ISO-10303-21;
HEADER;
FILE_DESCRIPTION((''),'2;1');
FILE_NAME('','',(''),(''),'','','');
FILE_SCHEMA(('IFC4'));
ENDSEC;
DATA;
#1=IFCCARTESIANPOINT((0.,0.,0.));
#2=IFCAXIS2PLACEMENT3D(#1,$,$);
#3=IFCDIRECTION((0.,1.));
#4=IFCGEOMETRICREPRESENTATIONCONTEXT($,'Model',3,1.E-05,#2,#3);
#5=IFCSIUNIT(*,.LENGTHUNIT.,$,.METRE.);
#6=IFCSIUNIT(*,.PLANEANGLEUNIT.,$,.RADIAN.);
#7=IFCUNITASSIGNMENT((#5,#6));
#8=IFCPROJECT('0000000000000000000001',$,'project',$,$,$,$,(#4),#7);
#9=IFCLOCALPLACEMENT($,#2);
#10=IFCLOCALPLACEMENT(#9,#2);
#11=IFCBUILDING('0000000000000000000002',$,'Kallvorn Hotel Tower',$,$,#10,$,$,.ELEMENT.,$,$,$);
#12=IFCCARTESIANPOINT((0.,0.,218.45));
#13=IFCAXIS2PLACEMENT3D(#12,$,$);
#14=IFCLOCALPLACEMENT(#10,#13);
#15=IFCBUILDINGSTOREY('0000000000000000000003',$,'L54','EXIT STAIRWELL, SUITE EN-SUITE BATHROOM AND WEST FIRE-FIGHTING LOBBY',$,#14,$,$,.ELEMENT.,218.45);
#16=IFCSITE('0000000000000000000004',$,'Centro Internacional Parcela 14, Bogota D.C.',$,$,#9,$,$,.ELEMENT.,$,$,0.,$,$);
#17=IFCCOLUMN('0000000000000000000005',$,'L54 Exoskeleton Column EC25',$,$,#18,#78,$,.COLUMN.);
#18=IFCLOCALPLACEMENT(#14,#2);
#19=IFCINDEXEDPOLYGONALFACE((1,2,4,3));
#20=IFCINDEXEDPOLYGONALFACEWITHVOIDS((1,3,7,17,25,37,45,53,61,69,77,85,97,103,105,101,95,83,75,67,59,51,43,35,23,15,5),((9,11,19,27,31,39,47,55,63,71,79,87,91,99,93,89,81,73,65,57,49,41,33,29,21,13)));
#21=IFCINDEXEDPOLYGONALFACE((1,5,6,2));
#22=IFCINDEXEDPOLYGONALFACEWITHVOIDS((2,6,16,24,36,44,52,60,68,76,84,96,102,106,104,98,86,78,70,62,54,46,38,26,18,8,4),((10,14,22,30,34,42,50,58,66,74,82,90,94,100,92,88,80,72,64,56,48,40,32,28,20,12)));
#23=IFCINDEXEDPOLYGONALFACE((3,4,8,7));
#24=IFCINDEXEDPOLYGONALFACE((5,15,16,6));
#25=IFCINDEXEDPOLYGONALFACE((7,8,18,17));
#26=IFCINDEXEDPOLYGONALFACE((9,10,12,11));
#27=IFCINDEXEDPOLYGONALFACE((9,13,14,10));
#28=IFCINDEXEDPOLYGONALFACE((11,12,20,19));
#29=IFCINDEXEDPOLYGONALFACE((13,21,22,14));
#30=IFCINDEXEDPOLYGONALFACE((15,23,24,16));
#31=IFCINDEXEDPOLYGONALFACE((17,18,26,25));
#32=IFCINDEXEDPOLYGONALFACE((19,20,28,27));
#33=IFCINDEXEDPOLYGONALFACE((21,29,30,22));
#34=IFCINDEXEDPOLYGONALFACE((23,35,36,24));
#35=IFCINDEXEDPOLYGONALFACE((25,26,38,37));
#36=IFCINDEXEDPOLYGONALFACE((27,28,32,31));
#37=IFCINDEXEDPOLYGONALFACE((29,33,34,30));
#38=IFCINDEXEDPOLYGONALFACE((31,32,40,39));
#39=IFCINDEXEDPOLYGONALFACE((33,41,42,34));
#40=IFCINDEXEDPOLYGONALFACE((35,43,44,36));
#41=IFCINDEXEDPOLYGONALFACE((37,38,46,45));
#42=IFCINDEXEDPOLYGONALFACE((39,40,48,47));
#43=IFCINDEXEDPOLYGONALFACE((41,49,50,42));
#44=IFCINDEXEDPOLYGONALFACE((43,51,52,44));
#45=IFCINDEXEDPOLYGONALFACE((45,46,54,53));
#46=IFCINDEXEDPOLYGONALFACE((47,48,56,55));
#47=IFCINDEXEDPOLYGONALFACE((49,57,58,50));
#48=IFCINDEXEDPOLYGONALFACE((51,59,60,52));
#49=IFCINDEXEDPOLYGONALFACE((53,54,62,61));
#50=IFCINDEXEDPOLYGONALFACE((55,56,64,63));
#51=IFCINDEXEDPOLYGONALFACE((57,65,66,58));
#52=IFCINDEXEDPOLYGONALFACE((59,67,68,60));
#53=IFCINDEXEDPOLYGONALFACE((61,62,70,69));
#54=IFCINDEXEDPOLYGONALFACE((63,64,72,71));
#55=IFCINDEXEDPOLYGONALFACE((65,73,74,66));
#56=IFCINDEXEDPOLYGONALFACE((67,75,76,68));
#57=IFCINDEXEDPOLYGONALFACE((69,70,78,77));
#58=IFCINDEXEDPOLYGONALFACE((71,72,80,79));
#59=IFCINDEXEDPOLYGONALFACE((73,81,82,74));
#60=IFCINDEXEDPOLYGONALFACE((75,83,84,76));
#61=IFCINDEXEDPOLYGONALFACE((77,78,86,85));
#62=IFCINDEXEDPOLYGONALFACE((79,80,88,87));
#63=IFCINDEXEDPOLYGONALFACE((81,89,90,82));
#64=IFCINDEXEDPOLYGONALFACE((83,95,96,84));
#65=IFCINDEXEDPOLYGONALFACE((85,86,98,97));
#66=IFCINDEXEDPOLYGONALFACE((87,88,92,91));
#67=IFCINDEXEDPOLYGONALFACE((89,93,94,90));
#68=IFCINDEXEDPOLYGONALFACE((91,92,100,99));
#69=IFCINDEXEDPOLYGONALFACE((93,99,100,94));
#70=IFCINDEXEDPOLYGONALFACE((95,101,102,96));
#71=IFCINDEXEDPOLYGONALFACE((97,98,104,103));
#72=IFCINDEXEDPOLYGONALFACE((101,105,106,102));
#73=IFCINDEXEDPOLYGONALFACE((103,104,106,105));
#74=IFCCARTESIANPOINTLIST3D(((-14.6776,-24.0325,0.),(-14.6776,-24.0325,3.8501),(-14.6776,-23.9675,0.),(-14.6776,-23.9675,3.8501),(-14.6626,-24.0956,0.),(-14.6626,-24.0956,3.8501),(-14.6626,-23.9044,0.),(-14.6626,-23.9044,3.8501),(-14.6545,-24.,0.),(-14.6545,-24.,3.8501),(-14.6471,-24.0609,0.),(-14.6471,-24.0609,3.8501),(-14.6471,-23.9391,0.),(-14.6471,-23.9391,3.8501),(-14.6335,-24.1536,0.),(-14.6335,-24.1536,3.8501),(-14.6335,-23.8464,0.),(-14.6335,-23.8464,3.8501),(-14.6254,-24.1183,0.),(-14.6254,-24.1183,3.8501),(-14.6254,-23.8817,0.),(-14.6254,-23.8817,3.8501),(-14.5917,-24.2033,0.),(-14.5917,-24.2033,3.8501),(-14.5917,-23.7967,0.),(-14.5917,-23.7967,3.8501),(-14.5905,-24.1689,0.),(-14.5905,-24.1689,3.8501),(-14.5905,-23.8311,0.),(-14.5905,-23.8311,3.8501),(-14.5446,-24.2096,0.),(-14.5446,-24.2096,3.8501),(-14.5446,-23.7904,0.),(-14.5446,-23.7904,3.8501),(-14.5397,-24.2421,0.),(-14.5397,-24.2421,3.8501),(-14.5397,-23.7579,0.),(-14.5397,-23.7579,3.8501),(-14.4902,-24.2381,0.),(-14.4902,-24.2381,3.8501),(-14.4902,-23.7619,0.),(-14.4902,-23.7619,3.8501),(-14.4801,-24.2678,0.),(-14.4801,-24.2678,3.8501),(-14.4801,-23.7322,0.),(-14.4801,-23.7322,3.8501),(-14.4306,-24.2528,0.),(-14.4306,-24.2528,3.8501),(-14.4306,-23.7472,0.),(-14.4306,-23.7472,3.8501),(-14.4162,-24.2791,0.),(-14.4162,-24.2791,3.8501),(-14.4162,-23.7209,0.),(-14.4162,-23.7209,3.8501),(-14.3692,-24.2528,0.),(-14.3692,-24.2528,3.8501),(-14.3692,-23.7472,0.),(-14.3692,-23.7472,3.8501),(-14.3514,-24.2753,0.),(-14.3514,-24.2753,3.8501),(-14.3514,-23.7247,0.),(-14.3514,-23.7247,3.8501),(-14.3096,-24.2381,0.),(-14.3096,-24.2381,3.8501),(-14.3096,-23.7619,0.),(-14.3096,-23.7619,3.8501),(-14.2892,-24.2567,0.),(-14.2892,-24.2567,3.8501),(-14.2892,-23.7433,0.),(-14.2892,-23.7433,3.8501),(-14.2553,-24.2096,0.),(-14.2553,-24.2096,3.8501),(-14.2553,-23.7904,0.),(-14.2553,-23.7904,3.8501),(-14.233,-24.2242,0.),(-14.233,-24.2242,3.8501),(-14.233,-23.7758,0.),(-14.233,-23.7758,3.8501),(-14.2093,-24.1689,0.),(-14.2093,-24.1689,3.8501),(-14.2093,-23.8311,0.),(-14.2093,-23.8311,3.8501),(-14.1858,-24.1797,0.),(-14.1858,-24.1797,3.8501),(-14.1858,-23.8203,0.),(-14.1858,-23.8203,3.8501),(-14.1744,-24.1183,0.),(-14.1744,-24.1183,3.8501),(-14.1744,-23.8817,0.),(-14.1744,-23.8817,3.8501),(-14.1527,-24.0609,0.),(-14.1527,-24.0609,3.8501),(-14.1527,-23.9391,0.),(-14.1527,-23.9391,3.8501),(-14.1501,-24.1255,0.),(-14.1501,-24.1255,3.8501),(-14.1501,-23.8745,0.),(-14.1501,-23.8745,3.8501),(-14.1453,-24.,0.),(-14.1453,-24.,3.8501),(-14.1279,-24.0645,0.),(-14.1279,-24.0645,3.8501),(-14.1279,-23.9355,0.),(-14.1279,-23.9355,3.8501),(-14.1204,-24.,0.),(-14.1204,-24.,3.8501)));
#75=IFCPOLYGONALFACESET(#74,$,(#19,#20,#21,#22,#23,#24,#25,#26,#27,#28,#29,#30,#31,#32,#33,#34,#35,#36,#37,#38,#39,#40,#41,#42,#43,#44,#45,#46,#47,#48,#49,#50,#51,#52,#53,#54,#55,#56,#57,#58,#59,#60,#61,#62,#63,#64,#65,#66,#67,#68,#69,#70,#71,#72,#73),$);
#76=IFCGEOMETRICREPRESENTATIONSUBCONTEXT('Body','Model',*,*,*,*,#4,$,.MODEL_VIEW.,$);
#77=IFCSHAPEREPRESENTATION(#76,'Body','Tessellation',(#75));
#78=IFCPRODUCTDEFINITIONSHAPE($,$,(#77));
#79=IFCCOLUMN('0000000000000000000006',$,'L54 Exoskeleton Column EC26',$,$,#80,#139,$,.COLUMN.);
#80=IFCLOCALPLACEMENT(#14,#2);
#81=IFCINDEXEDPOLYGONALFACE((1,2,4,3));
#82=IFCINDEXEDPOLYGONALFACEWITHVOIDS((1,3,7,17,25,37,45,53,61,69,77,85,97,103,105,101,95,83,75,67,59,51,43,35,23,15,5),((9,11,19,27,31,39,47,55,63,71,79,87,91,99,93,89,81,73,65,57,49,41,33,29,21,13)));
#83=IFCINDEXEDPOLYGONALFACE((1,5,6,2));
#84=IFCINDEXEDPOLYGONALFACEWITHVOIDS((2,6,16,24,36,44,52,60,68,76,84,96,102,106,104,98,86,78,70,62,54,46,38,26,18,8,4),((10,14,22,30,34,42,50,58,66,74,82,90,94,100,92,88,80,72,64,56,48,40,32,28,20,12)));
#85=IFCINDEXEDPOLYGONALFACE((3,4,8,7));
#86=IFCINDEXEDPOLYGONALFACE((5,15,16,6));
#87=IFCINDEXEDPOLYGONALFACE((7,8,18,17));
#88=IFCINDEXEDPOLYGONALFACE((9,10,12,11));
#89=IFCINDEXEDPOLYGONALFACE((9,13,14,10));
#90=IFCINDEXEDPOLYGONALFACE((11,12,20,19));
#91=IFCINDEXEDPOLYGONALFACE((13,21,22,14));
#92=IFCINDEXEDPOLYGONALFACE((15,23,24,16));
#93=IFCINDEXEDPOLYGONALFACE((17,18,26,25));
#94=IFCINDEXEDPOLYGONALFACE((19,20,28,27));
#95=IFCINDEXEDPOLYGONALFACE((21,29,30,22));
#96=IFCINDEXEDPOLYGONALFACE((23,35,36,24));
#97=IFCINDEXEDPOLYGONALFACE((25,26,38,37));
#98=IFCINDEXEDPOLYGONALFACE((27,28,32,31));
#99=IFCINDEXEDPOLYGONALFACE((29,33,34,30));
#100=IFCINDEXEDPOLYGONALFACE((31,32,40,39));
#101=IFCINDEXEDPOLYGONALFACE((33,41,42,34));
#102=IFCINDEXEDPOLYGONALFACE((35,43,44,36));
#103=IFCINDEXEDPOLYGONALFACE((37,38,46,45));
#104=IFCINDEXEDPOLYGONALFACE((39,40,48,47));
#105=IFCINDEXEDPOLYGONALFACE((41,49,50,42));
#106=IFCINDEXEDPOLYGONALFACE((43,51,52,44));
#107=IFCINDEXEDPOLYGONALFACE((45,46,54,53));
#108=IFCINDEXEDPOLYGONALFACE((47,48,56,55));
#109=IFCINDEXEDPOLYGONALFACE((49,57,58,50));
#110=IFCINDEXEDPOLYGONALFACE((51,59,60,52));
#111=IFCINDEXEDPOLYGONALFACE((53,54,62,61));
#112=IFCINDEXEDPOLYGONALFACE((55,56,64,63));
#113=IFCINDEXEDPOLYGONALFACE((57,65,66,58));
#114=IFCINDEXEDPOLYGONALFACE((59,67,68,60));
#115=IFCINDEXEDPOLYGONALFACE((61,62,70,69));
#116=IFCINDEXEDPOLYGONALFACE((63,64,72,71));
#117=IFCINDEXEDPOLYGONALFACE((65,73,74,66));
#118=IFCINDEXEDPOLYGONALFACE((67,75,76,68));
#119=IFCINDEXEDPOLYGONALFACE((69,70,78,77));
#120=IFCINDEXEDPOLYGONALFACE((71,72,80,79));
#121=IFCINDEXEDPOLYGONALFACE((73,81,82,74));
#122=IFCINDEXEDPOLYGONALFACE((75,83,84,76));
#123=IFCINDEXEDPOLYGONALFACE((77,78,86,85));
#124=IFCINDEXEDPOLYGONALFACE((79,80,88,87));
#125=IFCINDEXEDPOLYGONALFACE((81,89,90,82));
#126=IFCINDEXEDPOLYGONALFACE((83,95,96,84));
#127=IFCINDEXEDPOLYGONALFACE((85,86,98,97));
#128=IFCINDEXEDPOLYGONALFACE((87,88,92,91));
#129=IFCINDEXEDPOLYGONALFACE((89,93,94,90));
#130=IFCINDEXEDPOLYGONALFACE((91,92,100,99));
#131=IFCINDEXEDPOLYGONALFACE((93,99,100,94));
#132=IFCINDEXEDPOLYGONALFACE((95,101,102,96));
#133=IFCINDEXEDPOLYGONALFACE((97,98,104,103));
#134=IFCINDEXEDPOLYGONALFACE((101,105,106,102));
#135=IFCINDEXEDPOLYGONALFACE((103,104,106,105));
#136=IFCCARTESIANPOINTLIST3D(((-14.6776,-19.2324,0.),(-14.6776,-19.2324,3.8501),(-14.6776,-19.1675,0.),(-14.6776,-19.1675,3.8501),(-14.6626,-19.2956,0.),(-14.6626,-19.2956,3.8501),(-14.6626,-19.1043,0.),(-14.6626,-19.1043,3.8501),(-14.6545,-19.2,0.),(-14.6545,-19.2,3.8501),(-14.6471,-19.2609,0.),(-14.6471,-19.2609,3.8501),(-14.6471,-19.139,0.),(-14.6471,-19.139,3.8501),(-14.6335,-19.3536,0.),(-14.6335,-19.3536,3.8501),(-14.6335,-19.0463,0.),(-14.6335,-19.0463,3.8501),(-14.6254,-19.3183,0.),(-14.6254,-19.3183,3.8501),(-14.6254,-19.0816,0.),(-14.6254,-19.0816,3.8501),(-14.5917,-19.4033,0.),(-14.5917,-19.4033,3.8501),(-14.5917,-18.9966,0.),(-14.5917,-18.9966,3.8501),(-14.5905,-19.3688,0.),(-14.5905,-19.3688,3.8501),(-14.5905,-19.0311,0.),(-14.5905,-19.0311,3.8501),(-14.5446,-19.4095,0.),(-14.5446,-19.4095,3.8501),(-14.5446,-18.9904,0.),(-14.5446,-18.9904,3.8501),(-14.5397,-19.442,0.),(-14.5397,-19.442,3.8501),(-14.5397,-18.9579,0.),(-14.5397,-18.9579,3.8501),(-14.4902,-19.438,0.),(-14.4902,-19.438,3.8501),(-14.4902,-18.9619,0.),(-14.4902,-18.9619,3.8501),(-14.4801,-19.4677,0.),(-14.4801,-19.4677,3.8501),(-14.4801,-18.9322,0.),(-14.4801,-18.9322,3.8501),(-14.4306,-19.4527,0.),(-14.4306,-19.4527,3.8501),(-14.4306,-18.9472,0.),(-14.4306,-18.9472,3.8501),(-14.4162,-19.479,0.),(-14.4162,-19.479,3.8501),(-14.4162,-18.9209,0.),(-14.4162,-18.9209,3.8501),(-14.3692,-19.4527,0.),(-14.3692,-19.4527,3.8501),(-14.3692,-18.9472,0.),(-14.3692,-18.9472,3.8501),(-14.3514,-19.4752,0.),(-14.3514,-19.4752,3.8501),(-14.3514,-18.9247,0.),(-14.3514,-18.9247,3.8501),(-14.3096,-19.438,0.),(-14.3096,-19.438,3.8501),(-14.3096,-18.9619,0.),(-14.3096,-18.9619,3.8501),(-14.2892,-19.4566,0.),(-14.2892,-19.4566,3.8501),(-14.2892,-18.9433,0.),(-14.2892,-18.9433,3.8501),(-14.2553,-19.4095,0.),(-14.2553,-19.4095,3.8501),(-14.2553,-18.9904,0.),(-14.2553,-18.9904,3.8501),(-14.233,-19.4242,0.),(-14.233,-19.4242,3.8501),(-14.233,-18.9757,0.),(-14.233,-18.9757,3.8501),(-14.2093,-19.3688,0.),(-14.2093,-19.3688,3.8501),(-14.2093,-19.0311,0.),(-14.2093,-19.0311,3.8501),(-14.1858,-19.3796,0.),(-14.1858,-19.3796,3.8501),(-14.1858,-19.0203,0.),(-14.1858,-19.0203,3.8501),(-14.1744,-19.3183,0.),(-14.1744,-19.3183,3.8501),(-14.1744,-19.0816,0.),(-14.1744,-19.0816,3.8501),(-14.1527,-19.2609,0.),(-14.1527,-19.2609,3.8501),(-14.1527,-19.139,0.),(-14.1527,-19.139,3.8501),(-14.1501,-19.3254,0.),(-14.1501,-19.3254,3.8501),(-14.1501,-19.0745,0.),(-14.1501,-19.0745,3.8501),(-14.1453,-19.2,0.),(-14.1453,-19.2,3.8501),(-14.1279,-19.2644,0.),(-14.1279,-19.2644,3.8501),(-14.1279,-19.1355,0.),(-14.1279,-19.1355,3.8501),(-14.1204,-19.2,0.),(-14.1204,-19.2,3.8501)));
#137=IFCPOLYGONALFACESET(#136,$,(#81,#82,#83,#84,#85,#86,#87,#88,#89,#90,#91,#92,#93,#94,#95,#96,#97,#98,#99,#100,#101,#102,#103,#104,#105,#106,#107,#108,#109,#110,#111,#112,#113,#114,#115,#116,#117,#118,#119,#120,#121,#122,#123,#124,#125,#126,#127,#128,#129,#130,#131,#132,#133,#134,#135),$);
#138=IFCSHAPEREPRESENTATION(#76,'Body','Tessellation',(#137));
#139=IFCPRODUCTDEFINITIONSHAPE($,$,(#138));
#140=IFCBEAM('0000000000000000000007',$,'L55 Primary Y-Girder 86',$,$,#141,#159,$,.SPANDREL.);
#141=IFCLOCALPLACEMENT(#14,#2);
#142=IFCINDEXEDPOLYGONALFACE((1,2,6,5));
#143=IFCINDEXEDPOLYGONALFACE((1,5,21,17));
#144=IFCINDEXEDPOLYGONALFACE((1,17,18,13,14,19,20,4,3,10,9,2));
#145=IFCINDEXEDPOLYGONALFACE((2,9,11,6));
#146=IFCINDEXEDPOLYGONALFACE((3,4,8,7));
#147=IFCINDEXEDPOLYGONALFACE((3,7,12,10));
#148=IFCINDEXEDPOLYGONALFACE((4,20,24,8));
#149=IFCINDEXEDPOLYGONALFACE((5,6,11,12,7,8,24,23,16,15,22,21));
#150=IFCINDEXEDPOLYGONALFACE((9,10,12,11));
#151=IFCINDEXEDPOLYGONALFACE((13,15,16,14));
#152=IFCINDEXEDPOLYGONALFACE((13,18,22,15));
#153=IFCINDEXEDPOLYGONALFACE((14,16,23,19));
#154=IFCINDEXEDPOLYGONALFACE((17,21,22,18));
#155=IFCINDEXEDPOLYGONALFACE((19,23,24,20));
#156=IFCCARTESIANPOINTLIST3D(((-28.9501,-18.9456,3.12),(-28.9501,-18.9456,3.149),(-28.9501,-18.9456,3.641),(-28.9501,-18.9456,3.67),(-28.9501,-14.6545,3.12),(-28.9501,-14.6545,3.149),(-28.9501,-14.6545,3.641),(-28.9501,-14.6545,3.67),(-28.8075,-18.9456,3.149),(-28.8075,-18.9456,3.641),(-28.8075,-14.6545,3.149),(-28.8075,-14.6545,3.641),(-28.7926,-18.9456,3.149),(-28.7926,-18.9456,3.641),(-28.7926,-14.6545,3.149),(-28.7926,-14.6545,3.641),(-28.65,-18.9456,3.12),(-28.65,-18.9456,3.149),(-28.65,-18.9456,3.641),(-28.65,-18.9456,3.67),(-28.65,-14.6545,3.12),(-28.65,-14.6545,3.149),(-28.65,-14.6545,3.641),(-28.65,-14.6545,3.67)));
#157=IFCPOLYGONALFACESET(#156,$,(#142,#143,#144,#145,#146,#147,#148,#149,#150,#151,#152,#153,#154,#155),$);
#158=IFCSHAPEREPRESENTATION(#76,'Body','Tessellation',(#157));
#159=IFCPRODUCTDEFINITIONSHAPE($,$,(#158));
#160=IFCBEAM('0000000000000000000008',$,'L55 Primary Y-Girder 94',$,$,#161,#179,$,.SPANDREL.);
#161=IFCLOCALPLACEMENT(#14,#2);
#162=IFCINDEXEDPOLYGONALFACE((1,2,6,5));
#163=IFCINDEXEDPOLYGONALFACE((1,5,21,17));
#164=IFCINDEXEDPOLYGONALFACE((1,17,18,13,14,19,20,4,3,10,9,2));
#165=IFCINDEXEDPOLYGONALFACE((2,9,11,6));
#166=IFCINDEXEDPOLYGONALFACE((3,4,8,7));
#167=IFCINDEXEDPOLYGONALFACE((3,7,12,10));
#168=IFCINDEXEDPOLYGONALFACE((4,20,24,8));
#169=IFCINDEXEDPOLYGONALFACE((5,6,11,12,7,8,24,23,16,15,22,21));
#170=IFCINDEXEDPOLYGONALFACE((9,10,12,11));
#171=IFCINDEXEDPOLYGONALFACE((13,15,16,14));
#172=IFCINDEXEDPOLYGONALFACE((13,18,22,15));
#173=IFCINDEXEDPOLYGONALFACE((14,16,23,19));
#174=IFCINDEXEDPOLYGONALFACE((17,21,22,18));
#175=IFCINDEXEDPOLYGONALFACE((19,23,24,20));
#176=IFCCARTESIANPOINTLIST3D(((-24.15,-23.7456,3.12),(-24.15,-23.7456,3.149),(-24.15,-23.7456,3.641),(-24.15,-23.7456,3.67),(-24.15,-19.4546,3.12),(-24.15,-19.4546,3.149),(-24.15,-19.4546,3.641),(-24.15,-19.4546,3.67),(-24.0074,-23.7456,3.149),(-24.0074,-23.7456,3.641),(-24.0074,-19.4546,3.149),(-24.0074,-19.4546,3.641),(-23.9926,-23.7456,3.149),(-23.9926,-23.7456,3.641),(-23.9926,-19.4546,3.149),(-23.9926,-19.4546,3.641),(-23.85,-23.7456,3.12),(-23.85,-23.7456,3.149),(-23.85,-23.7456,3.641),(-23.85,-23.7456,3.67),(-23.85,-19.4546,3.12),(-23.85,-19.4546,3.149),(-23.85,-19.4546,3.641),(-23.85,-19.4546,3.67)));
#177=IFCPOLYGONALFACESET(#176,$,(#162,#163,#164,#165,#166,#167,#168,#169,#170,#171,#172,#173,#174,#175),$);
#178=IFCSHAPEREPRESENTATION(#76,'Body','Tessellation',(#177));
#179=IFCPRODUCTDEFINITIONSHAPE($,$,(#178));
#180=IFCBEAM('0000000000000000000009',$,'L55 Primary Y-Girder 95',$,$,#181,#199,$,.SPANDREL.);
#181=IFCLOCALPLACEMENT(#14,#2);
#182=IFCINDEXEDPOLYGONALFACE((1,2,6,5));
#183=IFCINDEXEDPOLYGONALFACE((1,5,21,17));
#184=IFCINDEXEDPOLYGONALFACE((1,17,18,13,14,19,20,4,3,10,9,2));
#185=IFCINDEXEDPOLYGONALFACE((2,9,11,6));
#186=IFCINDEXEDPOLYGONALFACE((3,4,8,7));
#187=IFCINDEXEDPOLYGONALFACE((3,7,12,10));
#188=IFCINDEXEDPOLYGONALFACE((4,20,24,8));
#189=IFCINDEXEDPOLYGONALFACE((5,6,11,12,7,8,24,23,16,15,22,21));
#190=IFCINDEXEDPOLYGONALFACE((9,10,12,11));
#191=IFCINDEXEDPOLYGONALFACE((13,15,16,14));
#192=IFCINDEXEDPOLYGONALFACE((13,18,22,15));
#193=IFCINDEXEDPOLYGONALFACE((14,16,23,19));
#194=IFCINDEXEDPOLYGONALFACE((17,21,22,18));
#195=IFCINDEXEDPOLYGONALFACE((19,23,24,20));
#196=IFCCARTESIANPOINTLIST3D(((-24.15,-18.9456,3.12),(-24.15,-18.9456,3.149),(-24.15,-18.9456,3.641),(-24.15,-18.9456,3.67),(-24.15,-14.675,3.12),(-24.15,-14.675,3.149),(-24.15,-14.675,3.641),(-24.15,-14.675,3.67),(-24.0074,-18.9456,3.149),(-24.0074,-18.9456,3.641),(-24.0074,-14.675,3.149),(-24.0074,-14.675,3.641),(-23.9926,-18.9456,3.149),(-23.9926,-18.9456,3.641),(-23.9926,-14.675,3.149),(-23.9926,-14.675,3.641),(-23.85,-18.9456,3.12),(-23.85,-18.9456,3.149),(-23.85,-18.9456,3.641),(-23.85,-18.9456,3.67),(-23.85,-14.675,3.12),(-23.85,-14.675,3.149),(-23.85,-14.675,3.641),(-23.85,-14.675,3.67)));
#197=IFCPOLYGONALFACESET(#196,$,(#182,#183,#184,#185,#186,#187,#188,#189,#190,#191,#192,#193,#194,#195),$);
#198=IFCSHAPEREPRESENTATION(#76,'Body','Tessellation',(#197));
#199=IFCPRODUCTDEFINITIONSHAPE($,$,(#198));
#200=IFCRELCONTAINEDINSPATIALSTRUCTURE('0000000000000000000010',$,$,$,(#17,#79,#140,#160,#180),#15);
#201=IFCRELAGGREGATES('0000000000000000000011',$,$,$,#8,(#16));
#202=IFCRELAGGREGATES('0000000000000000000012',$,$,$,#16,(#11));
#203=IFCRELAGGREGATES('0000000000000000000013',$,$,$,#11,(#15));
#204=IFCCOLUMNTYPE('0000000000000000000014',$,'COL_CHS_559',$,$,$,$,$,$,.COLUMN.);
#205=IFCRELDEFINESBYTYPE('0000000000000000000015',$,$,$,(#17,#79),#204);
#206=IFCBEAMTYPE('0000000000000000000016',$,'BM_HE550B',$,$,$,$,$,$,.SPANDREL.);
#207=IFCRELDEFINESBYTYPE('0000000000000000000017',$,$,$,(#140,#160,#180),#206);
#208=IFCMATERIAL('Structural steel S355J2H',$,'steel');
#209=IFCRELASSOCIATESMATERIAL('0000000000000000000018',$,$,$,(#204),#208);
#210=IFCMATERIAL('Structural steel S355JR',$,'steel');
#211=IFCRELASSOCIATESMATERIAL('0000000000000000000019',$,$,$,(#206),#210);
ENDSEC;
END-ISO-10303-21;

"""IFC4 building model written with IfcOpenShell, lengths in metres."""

from ifc_helpers import new_model, si_unit, direction, frame, origin, origin_2d, place, context, subcontext, project, spatial, hollow_circle, i_section, extrude, material, material_profile, profile_set, type_object, element, save


model = new_model("IFC4")

# Units and contexts
model_context = context("Model", 3, precision=1e-05, world=origin(), true_north=direction((0.0, 1.0)))
body_context = subcontext(model_context, "Body", "Model", "MODEL_VIEW")
ifc_project = project(units=[si_unit("LENGTHUNIT", "METRE"), si_unit("PLANEANGLEUNIT", "RADIAN")], contexts=[model_context])

# Site, building, storey
site_placement = place(None, origin())
site = spatial("IfcSite", under=ifc_project, at=site_placement, Name="Centro Internacional Parcela 14, Bogota D.C.", CompositionType="ELEMENT", RefElevation=0.0)
building_placement = place(site_placement, origin())
building = spatial("IfcBuilding", under=site, at=building_placement, Name="Kallvorn Hotel Tower", CompositionType="ELEMENT")
storey_placement = place(building_placement, frame((0.0, 0.0, 218.45)))
storey = spatial("IfcBuildingStorey", under=building, at=storey_placement, Name="L54", Description="EXIT STAIRWELL, SUITE EN-SUITE BATHROOM AND WEST FIRE-FIGHTING LOBBY", CompositionType="ELEMENT", Elevation=218.45)

# Columns
ifc_material_1 = material(Name="Structural steel S355J2H", Category="steel")
ifc_material_profile_1 = material_profile(ifc_material_1, hollow_circle(Radius=0.2795, WallThickness=0.0249, at=origin_2d()), Name="CHS 559x25")
ifc_profile_set_1 = profile_set([ifc_material_profile_1], Name="Structural steel S355J2H")
column_type = type_object("IfcColumnType", Name="COL_CHS_559", PredefinedType="COLUMN", material=ifc_profile_set_1)
for number, where, z_axis, x_axis, name in (
    (1, (-14.3999, -24.0, 0.0), (0.0, 0.0, 1.0), (1.0, 0.0, 0.0), "L54 Exoskeleton Column EC25"),
    (2, (-14.3999, -19.2, 0.0), (0.0, 0.0, 1.0), (1.0, 0.0, 0.0), "L54 Exoskeleton Column EC26"),
):
    element("IfcColumn", number, at=place(storey_placement, frame(where, z_axis=z_axis, x_axis=x_axis)), inside=storey, type_object=column_type, Name=name, PredefinedType="COLUMN", context=body_context, shape_type="SweptSolid", body=[
        extrude(hollow_circle(Radius=0.2795, WallThickness=0.0249, at=origin_2d()), origin(), (0.0, 0.0, 1.0), 3.8501),
    ])

# Beams
ifc_material_2 = material(Name="Structural steel S355JR", Category="steel")
ifc_material_profile_2 = material_profile(ifc_material_2, i_section(OverallWidth=0.3, OverallDepth=0.55, WebThickness=0.0149, FlangeThickness=0.0291, at=origin_2d()), Name="HE 550 B")
ifc_profile_set_2 = profile_set([ifc_material_profile_2], Name="Structural steel S355JR")
beam_type_1 = type_object("IfcBeamType", Name="BM_HE550B", PredefinedType="SPANDREL", material=ifc_profile_set_2)
for number, where, z_axis, x_axis, name in (
    (3, (-28.8, -18.9456, 3.395), (0.0, 1.0, 0.0), (-1.0, 0.0, 0.0), "L55 Primary Y-Girder 86"),
    (4, (-24.0, -23.7456, 3.395), (0.0, 1.0, 0.0), (-1.0, 0.0, 0.0), "L55 Primary Y-Girder 94"),
):
    element("IfcBeam", number, at=place(storey_placement, frame(where, z_axis=z_axis, x_axis=x_axis)), inside=storey, type_object=beam_type_1, Name=name, PredefinedType="SPANDREL", context=body_context, shape_type="SweptSolid", body=[
        extrude(i_section(OverallWidth=0.3, OverallDepth=0.55, WebThickness=0.0149, FlangeThickness=0.0291, at=origin_2d()), origin(), (0.0, 0.0, 1.0), 4.291),
    ])
beam_1_placement = place(storey_placement, frame((-24.0, -18.9456, 3.395), z_axis=(0.0, 1.0, 0.0), x_axis=(-1.0, 0.0, 0.0)))
element("IfcBeam", 5, at=beam_1_placement, inside=storey, type_object=beam_type_1, Name="L55 Primary Y-Girder 95", PredefinedType="SPANDREL", context=body_context, shape_type="SweptSolid", body=[
    extrude(i_section(OverallWidth=0.3, OverallDepth=0.55, WebThickness=0.0149, FlangeThickness=0.0291, at=origin_2d()), origin(), (0.0, 0.0, 1.0), 4.2705),
])

save(model, "model.ifc")
